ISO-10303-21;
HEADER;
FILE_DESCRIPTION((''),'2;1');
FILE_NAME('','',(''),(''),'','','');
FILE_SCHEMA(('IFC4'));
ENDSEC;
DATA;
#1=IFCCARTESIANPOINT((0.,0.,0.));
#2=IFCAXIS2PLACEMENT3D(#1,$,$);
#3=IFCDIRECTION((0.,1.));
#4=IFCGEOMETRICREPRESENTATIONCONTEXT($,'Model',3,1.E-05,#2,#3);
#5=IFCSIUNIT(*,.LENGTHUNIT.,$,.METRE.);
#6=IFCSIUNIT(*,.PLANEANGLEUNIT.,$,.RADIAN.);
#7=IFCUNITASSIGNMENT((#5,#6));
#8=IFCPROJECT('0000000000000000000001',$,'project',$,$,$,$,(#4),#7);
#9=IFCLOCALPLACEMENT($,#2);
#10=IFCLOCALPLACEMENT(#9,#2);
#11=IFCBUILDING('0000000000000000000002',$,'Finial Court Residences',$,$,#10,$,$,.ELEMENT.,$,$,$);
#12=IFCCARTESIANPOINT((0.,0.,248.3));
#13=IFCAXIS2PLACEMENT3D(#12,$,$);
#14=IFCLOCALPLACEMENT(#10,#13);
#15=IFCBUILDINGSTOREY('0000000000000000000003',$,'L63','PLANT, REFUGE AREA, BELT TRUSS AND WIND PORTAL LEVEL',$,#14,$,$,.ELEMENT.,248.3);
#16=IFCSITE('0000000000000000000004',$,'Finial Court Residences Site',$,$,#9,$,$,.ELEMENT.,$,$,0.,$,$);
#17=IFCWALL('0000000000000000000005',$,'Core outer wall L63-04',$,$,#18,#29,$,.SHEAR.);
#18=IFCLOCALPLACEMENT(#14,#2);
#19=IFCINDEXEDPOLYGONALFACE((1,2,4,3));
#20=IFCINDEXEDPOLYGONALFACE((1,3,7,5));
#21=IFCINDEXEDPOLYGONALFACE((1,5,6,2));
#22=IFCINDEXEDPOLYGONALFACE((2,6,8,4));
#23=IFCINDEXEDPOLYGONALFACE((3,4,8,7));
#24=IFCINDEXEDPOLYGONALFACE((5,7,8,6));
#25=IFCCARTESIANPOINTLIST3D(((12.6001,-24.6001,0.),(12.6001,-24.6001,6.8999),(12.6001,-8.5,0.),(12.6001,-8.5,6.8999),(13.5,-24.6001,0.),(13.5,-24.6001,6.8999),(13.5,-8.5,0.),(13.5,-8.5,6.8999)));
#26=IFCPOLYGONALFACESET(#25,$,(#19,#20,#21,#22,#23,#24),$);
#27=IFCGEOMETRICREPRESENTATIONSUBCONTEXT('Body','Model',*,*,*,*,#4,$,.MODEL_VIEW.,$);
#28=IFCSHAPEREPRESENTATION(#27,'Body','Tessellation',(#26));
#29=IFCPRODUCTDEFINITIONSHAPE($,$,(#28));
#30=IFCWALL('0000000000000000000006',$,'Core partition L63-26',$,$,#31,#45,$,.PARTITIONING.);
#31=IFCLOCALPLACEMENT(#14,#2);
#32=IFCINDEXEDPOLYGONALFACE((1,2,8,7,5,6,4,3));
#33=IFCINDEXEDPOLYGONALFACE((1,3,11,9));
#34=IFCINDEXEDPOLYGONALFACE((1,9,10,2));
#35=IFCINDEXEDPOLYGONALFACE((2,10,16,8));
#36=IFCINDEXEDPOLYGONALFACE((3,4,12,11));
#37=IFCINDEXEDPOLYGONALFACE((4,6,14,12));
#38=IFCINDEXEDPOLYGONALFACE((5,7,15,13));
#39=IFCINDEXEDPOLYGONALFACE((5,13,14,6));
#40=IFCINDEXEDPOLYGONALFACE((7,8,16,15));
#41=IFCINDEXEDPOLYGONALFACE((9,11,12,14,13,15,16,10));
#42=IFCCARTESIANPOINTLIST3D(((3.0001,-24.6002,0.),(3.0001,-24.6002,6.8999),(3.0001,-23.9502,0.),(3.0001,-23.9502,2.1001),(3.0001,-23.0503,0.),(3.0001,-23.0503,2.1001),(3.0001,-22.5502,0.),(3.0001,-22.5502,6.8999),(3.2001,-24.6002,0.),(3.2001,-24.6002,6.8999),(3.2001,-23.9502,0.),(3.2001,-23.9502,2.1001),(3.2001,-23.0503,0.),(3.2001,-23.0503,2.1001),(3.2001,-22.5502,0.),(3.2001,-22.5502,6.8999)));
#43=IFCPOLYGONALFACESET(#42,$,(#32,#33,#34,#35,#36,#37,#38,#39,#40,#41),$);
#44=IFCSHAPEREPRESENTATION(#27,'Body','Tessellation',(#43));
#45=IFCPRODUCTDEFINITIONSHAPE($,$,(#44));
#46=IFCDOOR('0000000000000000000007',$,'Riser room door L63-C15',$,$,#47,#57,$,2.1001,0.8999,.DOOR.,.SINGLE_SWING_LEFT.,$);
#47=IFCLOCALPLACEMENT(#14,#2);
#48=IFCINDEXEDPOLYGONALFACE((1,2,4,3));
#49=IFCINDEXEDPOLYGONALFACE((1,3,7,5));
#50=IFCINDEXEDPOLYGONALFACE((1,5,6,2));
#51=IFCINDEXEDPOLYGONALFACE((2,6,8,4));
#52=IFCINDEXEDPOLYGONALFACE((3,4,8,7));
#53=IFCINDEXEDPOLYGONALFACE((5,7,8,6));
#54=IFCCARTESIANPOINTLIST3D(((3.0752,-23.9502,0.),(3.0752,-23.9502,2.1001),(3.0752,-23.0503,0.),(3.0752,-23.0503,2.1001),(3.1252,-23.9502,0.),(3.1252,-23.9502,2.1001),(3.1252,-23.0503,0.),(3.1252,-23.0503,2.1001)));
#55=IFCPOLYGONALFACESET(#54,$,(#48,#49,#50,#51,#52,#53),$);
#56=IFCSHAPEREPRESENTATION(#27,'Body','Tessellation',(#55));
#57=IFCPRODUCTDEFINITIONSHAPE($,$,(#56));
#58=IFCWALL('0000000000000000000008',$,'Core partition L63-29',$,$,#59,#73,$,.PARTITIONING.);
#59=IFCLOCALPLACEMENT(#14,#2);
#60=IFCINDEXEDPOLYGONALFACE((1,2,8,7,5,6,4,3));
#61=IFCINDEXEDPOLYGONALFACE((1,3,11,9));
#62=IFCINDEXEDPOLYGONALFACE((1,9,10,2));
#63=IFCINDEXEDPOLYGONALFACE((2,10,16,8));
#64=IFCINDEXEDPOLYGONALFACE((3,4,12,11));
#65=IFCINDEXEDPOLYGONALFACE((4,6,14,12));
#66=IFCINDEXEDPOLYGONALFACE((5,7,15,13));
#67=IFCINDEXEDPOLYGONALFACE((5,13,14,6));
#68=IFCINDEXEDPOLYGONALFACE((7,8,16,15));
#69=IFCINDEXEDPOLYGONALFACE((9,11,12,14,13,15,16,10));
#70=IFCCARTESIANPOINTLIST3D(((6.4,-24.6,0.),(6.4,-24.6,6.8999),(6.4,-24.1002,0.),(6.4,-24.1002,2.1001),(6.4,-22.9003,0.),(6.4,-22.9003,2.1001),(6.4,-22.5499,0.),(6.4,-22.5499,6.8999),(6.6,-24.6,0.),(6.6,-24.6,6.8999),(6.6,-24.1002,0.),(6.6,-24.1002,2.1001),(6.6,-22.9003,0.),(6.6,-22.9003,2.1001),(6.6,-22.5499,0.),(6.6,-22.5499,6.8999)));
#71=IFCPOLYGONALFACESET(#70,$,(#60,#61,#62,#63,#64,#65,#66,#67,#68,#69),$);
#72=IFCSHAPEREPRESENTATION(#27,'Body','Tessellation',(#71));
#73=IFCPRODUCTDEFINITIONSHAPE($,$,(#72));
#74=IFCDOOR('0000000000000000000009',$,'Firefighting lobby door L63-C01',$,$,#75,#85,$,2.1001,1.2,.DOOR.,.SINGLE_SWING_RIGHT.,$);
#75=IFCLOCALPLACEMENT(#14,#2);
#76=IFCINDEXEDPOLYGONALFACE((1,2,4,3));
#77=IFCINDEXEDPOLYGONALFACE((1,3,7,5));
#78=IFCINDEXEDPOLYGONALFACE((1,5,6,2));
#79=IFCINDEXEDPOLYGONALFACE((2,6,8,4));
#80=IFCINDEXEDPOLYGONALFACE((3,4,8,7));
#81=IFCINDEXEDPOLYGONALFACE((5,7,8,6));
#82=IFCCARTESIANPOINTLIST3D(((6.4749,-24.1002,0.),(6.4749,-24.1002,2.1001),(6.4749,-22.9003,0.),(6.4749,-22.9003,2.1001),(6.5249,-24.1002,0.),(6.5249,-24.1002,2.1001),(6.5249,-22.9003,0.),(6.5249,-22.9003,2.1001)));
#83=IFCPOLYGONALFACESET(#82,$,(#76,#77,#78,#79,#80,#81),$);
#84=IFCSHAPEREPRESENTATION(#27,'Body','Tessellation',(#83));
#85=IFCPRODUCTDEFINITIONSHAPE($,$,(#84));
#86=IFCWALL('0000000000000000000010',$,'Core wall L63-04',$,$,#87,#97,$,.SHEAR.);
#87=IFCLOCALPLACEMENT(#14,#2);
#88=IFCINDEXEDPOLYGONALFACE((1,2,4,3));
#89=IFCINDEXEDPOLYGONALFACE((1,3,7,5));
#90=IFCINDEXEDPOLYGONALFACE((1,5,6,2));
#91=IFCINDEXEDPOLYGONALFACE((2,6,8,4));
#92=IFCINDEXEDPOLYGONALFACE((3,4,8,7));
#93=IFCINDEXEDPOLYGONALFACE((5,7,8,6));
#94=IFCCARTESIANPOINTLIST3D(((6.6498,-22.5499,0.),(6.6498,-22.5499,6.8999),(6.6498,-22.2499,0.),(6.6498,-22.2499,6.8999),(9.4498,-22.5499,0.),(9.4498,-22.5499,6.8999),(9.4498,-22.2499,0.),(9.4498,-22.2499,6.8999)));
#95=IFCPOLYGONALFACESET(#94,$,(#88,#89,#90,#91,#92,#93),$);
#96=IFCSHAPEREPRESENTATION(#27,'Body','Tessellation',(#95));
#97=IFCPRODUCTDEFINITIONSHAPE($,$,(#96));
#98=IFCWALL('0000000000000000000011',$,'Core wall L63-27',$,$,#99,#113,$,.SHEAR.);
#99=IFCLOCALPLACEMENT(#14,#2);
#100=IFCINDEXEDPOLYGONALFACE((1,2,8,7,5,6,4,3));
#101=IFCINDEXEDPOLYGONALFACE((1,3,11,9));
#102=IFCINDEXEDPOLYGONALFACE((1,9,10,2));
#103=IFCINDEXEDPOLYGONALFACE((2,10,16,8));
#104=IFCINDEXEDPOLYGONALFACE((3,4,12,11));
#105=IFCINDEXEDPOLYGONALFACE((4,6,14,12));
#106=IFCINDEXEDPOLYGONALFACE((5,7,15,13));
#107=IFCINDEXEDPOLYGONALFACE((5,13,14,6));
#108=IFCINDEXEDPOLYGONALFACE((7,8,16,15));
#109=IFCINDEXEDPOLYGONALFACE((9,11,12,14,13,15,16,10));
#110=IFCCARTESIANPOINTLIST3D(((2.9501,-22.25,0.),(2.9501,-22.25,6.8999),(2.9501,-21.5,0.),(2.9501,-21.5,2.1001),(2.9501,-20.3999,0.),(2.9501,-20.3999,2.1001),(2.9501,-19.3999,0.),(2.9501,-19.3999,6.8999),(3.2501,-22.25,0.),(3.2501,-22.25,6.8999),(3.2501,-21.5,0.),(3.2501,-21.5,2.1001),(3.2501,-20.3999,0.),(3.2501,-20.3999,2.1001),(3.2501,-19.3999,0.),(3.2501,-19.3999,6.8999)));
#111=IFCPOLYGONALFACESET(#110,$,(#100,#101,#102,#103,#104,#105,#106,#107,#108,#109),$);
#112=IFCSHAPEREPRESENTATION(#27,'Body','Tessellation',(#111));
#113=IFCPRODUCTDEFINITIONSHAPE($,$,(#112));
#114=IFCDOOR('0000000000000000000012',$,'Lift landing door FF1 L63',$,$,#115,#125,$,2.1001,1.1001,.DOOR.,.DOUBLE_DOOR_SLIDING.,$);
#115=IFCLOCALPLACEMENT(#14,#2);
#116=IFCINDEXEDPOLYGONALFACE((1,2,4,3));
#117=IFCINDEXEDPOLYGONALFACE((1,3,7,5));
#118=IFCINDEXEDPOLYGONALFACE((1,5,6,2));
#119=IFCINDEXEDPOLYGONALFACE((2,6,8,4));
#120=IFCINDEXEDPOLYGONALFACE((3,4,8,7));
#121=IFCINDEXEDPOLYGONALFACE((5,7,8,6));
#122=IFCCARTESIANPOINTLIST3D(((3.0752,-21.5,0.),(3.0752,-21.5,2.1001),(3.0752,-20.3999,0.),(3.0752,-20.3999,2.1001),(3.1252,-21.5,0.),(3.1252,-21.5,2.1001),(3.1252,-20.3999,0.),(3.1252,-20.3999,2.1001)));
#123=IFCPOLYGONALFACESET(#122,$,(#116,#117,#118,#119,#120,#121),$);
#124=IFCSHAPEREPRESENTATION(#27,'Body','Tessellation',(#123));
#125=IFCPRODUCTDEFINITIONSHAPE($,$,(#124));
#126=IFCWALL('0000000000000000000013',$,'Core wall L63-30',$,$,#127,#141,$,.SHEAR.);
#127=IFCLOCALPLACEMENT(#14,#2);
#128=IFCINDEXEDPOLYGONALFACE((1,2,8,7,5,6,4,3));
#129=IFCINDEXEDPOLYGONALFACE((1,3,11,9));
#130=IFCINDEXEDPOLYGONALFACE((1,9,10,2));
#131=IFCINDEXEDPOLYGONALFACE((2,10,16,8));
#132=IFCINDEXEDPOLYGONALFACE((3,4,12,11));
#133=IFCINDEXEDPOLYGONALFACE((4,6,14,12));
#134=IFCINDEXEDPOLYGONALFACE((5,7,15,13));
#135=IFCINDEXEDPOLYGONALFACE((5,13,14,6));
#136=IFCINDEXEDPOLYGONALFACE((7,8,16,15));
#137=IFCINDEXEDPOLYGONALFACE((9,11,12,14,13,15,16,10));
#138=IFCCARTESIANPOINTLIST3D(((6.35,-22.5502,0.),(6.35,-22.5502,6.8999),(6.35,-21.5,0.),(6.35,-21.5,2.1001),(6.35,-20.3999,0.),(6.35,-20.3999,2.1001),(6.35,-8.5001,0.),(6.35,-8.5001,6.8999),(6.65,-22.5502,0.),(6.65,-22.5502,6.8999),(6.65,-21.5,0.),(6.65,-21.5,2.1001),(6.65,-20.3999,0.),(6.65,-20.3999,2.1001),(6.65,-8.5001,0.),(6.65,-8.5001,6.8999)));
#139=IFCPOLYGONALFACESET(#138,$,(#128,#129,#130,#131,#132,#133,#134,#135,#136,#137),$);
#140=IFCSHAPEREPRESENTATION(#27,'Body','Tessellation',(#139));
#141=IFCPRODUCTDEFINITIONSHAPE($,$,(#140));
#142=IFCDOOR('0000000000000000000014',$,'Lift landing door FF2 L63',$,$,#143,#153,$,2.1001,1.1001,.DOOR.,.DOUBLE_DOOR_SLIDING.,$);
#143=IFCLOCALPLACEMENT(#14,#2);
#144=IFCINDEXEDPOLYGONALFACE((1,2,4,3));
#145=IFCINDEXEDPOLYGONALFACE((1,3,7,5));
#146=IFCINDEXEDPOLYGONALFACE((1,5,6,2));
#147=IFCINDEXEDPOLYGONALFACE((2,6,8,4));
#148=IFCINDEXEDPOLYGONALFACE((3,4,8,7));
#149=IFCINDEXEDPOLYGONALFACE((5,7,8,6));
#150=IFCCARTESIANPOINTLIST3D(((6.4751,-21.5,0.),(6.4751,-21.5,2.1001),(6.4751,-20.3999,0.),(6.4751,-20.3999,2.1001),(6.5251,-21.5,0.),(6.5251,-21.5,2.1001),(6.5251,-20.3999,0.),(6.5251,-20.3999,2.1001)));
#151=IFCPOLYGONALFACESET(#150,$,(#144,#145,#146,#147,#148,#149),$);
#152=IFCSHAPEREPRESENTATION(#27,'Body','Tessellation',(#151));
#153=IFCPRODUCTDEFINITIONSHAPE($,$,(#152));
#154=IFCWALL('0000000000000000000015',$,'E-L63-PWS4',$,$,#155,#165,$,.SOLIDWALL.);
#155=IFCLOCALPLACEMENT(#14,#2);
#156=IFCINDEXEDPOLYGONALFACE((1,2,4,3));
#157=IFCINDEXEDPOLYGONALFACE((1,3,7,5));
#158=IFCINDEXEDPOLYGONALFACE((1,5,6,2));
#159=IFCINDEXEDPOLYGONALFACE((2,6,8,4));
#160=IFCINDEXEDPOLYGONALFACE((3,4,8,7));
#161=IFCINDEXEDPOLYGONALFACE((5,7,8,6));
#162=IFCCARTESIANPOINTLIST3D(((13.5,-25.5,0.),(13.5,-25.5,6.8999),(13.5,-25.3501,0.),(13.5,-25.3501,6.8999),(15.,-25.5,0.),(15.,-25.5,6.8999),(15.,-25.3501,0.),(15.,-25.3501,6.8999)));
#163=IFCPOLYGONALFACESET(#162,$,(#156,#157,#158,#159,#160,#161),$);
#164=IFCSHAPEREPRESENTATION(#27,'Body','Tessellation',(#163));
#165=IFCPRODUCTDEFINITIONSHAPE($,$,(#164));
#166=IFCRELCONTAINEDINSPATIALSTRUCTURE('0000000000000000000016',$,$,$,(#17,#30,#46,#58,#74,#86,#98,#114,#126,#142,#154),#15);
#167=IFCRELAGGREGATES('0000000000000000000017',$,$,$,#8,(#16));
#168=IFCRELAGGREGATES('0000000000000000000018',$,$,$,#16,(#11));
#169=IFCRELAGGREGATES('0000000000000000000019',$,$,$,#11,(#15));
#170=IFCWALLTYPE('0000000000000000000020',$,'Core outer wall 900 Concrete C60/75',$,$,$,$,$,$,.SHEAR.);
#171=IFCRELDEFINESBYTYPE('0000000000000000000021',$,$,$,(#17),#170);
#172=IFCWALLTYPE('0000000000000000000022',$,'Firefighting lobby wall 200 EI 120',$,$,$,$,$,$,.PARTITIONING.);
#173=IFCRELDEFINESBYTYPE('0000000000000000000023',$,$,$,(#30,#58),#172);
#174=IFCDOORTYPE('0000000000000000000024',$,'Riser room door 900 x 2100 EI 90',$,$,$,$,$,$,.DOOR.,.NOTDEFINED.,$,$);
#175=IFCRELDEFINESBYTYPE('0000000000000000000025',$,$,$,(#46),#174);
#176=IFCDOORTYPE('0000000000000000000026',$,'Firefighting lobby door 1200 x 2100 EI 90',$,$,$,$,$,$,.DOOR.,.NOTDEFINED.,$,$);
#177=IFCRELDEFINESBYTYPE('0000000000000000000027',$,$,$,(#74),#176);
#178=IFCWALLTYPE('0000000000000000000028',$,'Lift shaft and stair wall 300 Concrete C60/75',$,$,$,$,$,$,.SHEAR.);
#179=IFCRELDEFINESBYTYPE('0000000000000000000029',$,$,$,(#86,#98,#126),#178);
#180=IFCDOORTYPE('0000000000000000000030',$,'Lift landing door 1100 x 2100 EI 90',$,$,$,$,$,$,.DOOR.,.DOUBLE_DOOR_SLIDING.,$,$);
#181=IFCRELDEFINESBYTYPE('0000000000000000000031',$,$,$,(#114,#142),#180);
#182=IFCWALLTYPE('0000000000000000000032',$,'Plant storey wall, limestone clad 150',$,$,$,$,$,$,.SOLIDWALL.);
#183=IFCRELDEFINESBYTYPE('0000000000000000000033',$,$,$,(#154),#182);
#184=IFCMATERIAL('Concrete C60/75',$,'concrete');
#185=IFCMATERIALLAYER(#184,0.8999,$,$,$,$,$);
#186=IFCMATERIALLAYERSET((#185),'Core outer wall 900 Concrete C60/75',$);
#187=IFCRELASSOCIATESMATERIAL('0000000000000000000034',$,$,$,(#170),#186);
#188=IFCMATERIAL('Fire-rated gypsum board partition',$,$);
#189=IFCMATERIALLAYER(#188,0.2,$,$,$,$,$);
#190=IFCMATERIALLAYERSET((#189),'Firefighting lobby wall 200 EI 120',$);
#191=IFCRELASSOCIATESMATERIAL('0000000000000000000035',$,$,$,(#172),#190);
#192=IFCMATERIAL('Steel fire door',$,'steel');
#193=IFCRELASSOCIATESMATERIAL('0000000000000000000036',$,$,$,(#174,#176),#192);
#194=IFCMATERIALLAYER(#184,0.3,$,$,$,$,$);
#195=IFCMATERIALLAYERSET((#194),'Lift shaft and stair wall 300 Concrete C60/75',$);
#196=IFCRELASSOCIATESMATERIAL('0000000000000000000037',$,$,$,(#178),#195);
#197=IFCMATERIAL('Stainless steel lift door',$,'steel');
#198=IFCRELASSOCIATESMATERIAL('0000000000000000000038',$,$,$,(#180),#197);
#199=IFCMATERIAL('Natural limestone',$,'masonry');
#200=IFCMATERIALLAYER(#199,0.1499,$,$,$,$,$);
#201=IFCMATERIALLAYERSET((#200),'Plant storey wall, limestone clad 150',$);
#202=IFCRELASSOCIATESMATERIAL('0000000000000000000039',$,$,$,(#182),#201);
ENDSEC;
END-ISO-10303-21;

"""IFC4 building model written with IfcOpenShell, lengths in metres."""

from ifc_helpers import new_model, si_unit, direction, frame, frame_2d, origin, place, context, subcontext, project, spatial, rectangle, extrude, material, layer, layer_set, type_object, element, fill, save


model = new_model("IFC4")

# Units and contexts
model_context = context("Model", 3, precision=1e-05, world=origin(), true_north=direction((0.0, 1.0)))
body_context = subcontext(model_context, "Body", "Model", "MODEL_VIEW")
ifc_project = project(units=[si_unit("LENGTHUNIT", "METRE"), si_unit("PLANEANGLEUNIT", "RADIAN")], contexts=[model_context])

# Site, building, storey
site_placement = place(None, origin())
site = spatial("IfcSite", under=ifc_project, at=site_placement, Name="Finial Court Residences Site", CompositionType="ELEMENT", RefElevation=0.0)
building_placement = place(site_placement, origin())
building = spatial("IfcBuilding", under=site, at=building_placement, Name="Finial Court Residences", CompositionType="ELEMENT")
storey_placement = place(building_placement, frame((0.0, 0.0, 248.3)))
storey = spatial("IfcBuildingStorey", under=building, at=storey_placement, Name="L63", Description="PLANT, REFUGE AREA, BELT TRUSS AND WIND PORTAL LEVEL", CompositionType="ELEMENT", Elevation=248.3)

# Wall
ifc_material_1 = material(Name="Concrete C60/75", Category="concrete")
ifc_layer_1 = layer(ifc_material_1, 0.8999)
ifc_layer_set_1 = layer_set([ifc_layer_1], Name="Core outer wall 900 Concrete C60/75")
wall_type_1 = type_object("IfcWallType", Name="Core outer wall 900 Concrete C60/75", PredefinedType="SHEAR", material=ifc_layer_set_1)
wall_1_placement = place(storey_placement, frame((13.05, -24.6001, 0.0), z_axis=(0.0, 0.0, 1.0), x_axis=(0.0, 1.0, 0.0)))
element("IfcWall", 1, at=wall_1_placement, inside=storey, type_object=wall_type_1, Name="Core outer wall L63-04", PredefinedType="SHEAR", context=body_context, shape_type="SweptSolid", body=[
    extrude(rectangle(XDim=16.1001, YDim=0.8999, at=frame_2d((8.05, 0.0))), origin(), (0.0, 0.0, 1.0), 6.8999),
])

# Walls, openings, doors
ifc_material_2 = material(Name="Fire-rated gypsum board partition")
ifc_layer_2 = layer(ifc_material_2, 0.2)
ifc_layer_set_2 = layer_set([ifc_layer_2], Name="Firefighting lobby wall 200 EI 120")
wall_type_2 = type_object("IfcWallType", Name="Firefighting lobby wall 200 EI 120", PredefinedType="PARTITIONING", material=ifc_layer_set_2)
wall_2_placement = place(storey_placement, frame((3.1001, -24.6001, 0.0), z_axis=(0.0, 0.0, 1.0), x_axis=(0.0, 1.0, 0.0)))
wall_2 = element("IfcWall", 2, at=wall_2_placement, inside=storey, type_object=wall_type_2, Name="Core partition L63-26", PredefinedType="PARTITIONING", context=body_context, shape_type="SweptSolid", body=[
    extrude(rectangle(XDim=2.05, YDim=0.2, at=frame_2d((1.0249, 0.0))), origin(), (0.0, 0.0, 1.0), 6.8999),
])
opening_1_placement = place(wall_2_placement, frame((0.6499, 0.0, 0.0)))
opening_1 = element("IfcOpeningElement", 3, at=opening_1_placement, cuts=wall_2, PredefinedType="OPENING", context=body_context, shape_type="SweptSolid", body=[
    extrude(rectangle(XDim=0.8999, YDim=2.1001, at=frame_2d((0.45, 1.05))), frame((0.0, 0.1099, 0.0), z_axis=(0.0, -1.0, 0.0), x_axis=(1.0, 0.0, 0.0)), (0.0, 0.0, 1.0), 0.22),
])
ifc_material_3 = material(Name="Steel fire door", Category="steel")
door_type_1 = type_object("IfcDoorType", Name="Riser room door 900 x 2100 EI 90", OperationType="NOTDEFINED", PredefinedType="DOOR", material=ifc_material_3)
door_1_placement = place(opening_1_placement, origin())
door_1 = element("IfcDoor", 4, at=door_1_placement, inside=storey, type_object=door_type_1, Name="Riser room door L63-C15", OperationType="SINGLE_SWING_LEFT", OverallHeight=2.1001, OverallWidth=0.8999, PredefinedType="DOOR", context=body_context, shape_type="SweptSolid", body=[
    extrude(rectangle(XDim=0.8999, YDim=2.1001, at=frame_2d((0.45, 1.05))), frame((0.0, 0.0249, 0.0), z_axis=(0.0, -1.0, 0.0), x_axis=(1.0, 0.0, 0.0)), (0.0, 0.0, 1.0), 0.05),
])
fill(opening_1, door_1)
wall_3_placement = place(storey_placement, frame((6.5, -22.55, 0.0), z_axis=(0.0, 0.0, 1.0), x_axis=(0.0, -1.0, 0.0)))
wall_3 = element("IfcWall", 5, at=wall_3_placement, inside=storey, type_object=wall_type_2, Name="Core partition L63-29", PredefinedType="PARTITIONING", context=body_context, shape_type="SweptSolid", body=[
    extrude(rectangle(XDim=2.05, YDim=0.2, at=frame_2d((1.0249, 0.0))), origin(), (0.0, 0.0, 1.0), 6.8999),
])
opening_2_placement = place(wall_3_placement, frame((0.3501, 0.0, 0.0)))
opening_2 = element("IfcOpeningElement", 6, at=opening_2_placement, cuts=wall_3, PredefinedType="OPENING", context=body_context, shape_type="SweptSolid", body=[
    extrude(rectangle(XDim=1.2, YDim=2.1001, at=frame_2d((0.6001, 1.05))), frame((0.0, 0.1099, 0.0), z_axis=(0.0, -1.0, 0.0), x_axis=(1.0, 0.0, 0.0)), (0.0, 0.0, 1.0), 0.22),
])
door_type_2 = type_object("IfcDoorType", Name="Firefighting lobby door 1200 x 2100 EI 90", OperationType="NOTDEFINED", PredefinedType="DOOR", material=ifc_material_3)
door_2_placement = place(opening_2_placement, origin())
door_2 = element("IfcDoor", 7, at=door_2_placement, inside=storey, type_object=door_type_2, Name="Firefighting lobby door L63-C01", OperationType="SINGLE_SWING_RIGHT", OverallHeight=2.1001, OverallWidth=1.2, PredefinedType="DOOR", context=body_context, shape_type="SweptSolid", body=[
    extrude(rectangle(XDim=1.2, YDim=2.1001, at=frame_2d((0.6001, 1.05))), frame((0.0, 0.0249, 0.0), z_axis=(0.0, -1.0, 0.0), x_axis=(1.0, 0.0, 0.0)), (0.0, 0.0, 1.0), 0.05),
])
fill(opening_2, door_2)

# Wall
ifc_layer_3 = layer(ifc_material_1, 0.3)
ifc_layer_set_3 = layer_set([ifc_layer_3], Name="Lift shaft and stair wall 300 Concrete C60/75")
wall_type_3 = type_object("IfcWallType", Name="Lift shaft and stair wall 300 Concrete C60/75", PredefinedType="SHEAR", material=ifc_layer_set_3)
wall_4_placement = place(storey_placement, frame((6.6499, -22.3999, 0.0), z_axis=(0.0, 0.0, 1.0), x_axis=(1.0, 0.0, 0.0)))
element("IfcWall", 8, at=wall_4_placement, inside=storey, type_object=wall_type_3, Name="Core wall L63-04", PredefinedType="SHEAR", context=body_context, shape_type="SweptSolid", body=[
    extrude(rectangle(XDim=2.8, YDim=0.3, at=frame_2d((1.3999, 0.0))), origin(), (0.0, 0.0, 1.0), 6.8999),
])

# Walls, openings, doors
wall_5_placement = place(storey_placement, frame((3.1001, -22.25, 0.0), z_axis=(0.0, 0.0, 1.0), x_axis=(0.0, 1.0, 0.0)))
wall_5 = element("IfcWall", 9, at=wall_5_placement, inside=storey, type_object=wall_type_3, Name="Core wall L63-27", PredefinedType="SHEAR", context=body_context, shape_type="SweptSolid", body=[
    extrude(rectangle(XDim=2.8501, YDim=0.3, at=frame_2d((1.425, 0.0))), origin(), (0.0, 0.0, 1.0), 6.8999),
])
opening_3_placement = place(wall_5_placement, frame((0.75, 0.0, 0.0)))
opening_3 = element("IfcOpeningElement", 10, at=opening_3_placement, cuts=wall_5, PredefinedType="OPENING", context=body_context, shape_type="SweptSolid", body=[
    extrude(rectangle(XDim=1.1001, YDim=2.1001, at=frame_2d((0.55, 1.05))), frame((0.0, 0.1599, 0.0), z_axis=(0.0, -1.0, 0.0), x_axis=(1.0, 0.0, 0.0)), (0.0, 0.0, 1.0), 0.3201),
])
ifc_material_4 = material(Name="Stainless steel lift door", Category="steel")
door_type_3 = type_object("IfcDoorType", Name="Lift landing door 1100 x 2100 EI 90", OperationType="DOUBLE_DOOR_SLIDING", PredefinedType="DOOR", material=ifc_material_4)
door_3_placement = place(opening_3_placement, origin())
door_3 = element("IfcDoor", 11, at=door_3_placement, inside=storey, type_object=door_type_3, Name="Lift landing door FF1 L63", OperationType="DOUBLE_DOOR_SLIDING", OverallHeight=2.1001, OverallWidth=1.1001, PredefinedType="DOOR", context=body_context, shape_type="SweptSolid", body=[
    extrude(rectangle(XDim=1.1001, YDim=2.1001, at=frame_2d((0.55, 1.05))), frame((0.0, 0.0249, 0.0), z_axis=(0.0, -1.0, 0.0), x_axis=(1.0, 0.0, 0.0)), (0.0, 0.0, 1.0), 0.05),
])
fill(opening_3, door_3)
wall_6_placement = place(storey_placement, frame((6.5, -22.55, 0.0), z_axis=(0.0, 0.0, 1.0), x_axis=(0.0, 1.0, 0.0)))
wall_6 = element("IfcWall", 12, at=wall_6_placement, inside=storey, type_object=wall_type_3, Name="Core wall L63-30", PredefinedType="SHEAR", context=body_context, shape_type="SweptSolid", body=[
    extrude(rectangle(XDim=14.05, YDim=0.3, at=frame_2d((7.0249, 0.0))), origin(), (0.0, 0.0, 1.0), 6.8999),
])
opening_4_placement = place(wall_6_placement, frame((1.05, 0.0, 0.0)))
opening_4 = element("IfcOpeningElement", 13, at=opening_4_placement, cuts=wall_6, PredefinedType="OPENING", context=body_context, shape_type="SweptSolid", body=[
    extrude(rectangle(XDim=1.1001, YDim=2.1001, at=frame_2d((0.55, 1.05))), frame((0.0, 0.1599, 0.0), z_axis=(0.0, -1.0, 0.0), x_axis=(1.0, 0.0, 0.0)), (0.0, 0.0, 1.0), 0.3201),
])
door_4_placement = place(opening_4_placement, origin())
door_4 = element("IfcDoor", 14, at=door_4_placement, inside=storey, type_object=door_type_3, Name="Lift landing door FF2 L63", OperationType="DOUBLE_DOOR_SLIDING", OverallHeight=2.1001, OverallWidth=1.1001, PredefinedType="DOOR", context=body_context, shape_type="SweptSolid", body=[
    extrude(rectangle(XDim=1.1001, YDim=2.1001, at=frame_2d((0.55, 1.05))), frame((0.0, 0.0249, 0.0), z_axis=(0.0, -1.0, 0.0), x_axis=(1.0, 0.0, 0.0)), (0.0, 0.0, 1.0), 0.05),
])
fill(opening_4, door_4)

# Wall
ifc_material_5 = material(Name="Natural limestone", Category="masonry")
ifc_layer_4 = layer(ifc_material_5, 0.1499)
ifc_layer_set_4 = layer_set([ifc_layer_4], Name="Plant storey wall, limestone clad 150")
wall_type_4 = type_object("IfcWallType", Name="Plant storey wall, limestone clad 150", PredefinedType="SOLIDWALL", material=ifc_layer_set_4)
wall_7_placement = place(storey_placement, frame((15.0, -25.425, 0.0), z_axis=(0.0, 0.0, 1.0), x_axis=(-1.0, 0.0, 0.0)))
element("IfcWall", 15, at=wall_7_placement, inside=storey, type_object=wall_type_4, Name="E-L63-PWS4", PredefinedType="SOLIDWALL", context=body_context, shape_type="SweptSolid", body=[
    extrude(rectangle(XDim=1.5, YDim=0.1499, at=frame_2d((0.75, 0.0))), origin(), (0.0, 0.0, 1.0), 6.8999),
])

save(model, "model.ifc")
